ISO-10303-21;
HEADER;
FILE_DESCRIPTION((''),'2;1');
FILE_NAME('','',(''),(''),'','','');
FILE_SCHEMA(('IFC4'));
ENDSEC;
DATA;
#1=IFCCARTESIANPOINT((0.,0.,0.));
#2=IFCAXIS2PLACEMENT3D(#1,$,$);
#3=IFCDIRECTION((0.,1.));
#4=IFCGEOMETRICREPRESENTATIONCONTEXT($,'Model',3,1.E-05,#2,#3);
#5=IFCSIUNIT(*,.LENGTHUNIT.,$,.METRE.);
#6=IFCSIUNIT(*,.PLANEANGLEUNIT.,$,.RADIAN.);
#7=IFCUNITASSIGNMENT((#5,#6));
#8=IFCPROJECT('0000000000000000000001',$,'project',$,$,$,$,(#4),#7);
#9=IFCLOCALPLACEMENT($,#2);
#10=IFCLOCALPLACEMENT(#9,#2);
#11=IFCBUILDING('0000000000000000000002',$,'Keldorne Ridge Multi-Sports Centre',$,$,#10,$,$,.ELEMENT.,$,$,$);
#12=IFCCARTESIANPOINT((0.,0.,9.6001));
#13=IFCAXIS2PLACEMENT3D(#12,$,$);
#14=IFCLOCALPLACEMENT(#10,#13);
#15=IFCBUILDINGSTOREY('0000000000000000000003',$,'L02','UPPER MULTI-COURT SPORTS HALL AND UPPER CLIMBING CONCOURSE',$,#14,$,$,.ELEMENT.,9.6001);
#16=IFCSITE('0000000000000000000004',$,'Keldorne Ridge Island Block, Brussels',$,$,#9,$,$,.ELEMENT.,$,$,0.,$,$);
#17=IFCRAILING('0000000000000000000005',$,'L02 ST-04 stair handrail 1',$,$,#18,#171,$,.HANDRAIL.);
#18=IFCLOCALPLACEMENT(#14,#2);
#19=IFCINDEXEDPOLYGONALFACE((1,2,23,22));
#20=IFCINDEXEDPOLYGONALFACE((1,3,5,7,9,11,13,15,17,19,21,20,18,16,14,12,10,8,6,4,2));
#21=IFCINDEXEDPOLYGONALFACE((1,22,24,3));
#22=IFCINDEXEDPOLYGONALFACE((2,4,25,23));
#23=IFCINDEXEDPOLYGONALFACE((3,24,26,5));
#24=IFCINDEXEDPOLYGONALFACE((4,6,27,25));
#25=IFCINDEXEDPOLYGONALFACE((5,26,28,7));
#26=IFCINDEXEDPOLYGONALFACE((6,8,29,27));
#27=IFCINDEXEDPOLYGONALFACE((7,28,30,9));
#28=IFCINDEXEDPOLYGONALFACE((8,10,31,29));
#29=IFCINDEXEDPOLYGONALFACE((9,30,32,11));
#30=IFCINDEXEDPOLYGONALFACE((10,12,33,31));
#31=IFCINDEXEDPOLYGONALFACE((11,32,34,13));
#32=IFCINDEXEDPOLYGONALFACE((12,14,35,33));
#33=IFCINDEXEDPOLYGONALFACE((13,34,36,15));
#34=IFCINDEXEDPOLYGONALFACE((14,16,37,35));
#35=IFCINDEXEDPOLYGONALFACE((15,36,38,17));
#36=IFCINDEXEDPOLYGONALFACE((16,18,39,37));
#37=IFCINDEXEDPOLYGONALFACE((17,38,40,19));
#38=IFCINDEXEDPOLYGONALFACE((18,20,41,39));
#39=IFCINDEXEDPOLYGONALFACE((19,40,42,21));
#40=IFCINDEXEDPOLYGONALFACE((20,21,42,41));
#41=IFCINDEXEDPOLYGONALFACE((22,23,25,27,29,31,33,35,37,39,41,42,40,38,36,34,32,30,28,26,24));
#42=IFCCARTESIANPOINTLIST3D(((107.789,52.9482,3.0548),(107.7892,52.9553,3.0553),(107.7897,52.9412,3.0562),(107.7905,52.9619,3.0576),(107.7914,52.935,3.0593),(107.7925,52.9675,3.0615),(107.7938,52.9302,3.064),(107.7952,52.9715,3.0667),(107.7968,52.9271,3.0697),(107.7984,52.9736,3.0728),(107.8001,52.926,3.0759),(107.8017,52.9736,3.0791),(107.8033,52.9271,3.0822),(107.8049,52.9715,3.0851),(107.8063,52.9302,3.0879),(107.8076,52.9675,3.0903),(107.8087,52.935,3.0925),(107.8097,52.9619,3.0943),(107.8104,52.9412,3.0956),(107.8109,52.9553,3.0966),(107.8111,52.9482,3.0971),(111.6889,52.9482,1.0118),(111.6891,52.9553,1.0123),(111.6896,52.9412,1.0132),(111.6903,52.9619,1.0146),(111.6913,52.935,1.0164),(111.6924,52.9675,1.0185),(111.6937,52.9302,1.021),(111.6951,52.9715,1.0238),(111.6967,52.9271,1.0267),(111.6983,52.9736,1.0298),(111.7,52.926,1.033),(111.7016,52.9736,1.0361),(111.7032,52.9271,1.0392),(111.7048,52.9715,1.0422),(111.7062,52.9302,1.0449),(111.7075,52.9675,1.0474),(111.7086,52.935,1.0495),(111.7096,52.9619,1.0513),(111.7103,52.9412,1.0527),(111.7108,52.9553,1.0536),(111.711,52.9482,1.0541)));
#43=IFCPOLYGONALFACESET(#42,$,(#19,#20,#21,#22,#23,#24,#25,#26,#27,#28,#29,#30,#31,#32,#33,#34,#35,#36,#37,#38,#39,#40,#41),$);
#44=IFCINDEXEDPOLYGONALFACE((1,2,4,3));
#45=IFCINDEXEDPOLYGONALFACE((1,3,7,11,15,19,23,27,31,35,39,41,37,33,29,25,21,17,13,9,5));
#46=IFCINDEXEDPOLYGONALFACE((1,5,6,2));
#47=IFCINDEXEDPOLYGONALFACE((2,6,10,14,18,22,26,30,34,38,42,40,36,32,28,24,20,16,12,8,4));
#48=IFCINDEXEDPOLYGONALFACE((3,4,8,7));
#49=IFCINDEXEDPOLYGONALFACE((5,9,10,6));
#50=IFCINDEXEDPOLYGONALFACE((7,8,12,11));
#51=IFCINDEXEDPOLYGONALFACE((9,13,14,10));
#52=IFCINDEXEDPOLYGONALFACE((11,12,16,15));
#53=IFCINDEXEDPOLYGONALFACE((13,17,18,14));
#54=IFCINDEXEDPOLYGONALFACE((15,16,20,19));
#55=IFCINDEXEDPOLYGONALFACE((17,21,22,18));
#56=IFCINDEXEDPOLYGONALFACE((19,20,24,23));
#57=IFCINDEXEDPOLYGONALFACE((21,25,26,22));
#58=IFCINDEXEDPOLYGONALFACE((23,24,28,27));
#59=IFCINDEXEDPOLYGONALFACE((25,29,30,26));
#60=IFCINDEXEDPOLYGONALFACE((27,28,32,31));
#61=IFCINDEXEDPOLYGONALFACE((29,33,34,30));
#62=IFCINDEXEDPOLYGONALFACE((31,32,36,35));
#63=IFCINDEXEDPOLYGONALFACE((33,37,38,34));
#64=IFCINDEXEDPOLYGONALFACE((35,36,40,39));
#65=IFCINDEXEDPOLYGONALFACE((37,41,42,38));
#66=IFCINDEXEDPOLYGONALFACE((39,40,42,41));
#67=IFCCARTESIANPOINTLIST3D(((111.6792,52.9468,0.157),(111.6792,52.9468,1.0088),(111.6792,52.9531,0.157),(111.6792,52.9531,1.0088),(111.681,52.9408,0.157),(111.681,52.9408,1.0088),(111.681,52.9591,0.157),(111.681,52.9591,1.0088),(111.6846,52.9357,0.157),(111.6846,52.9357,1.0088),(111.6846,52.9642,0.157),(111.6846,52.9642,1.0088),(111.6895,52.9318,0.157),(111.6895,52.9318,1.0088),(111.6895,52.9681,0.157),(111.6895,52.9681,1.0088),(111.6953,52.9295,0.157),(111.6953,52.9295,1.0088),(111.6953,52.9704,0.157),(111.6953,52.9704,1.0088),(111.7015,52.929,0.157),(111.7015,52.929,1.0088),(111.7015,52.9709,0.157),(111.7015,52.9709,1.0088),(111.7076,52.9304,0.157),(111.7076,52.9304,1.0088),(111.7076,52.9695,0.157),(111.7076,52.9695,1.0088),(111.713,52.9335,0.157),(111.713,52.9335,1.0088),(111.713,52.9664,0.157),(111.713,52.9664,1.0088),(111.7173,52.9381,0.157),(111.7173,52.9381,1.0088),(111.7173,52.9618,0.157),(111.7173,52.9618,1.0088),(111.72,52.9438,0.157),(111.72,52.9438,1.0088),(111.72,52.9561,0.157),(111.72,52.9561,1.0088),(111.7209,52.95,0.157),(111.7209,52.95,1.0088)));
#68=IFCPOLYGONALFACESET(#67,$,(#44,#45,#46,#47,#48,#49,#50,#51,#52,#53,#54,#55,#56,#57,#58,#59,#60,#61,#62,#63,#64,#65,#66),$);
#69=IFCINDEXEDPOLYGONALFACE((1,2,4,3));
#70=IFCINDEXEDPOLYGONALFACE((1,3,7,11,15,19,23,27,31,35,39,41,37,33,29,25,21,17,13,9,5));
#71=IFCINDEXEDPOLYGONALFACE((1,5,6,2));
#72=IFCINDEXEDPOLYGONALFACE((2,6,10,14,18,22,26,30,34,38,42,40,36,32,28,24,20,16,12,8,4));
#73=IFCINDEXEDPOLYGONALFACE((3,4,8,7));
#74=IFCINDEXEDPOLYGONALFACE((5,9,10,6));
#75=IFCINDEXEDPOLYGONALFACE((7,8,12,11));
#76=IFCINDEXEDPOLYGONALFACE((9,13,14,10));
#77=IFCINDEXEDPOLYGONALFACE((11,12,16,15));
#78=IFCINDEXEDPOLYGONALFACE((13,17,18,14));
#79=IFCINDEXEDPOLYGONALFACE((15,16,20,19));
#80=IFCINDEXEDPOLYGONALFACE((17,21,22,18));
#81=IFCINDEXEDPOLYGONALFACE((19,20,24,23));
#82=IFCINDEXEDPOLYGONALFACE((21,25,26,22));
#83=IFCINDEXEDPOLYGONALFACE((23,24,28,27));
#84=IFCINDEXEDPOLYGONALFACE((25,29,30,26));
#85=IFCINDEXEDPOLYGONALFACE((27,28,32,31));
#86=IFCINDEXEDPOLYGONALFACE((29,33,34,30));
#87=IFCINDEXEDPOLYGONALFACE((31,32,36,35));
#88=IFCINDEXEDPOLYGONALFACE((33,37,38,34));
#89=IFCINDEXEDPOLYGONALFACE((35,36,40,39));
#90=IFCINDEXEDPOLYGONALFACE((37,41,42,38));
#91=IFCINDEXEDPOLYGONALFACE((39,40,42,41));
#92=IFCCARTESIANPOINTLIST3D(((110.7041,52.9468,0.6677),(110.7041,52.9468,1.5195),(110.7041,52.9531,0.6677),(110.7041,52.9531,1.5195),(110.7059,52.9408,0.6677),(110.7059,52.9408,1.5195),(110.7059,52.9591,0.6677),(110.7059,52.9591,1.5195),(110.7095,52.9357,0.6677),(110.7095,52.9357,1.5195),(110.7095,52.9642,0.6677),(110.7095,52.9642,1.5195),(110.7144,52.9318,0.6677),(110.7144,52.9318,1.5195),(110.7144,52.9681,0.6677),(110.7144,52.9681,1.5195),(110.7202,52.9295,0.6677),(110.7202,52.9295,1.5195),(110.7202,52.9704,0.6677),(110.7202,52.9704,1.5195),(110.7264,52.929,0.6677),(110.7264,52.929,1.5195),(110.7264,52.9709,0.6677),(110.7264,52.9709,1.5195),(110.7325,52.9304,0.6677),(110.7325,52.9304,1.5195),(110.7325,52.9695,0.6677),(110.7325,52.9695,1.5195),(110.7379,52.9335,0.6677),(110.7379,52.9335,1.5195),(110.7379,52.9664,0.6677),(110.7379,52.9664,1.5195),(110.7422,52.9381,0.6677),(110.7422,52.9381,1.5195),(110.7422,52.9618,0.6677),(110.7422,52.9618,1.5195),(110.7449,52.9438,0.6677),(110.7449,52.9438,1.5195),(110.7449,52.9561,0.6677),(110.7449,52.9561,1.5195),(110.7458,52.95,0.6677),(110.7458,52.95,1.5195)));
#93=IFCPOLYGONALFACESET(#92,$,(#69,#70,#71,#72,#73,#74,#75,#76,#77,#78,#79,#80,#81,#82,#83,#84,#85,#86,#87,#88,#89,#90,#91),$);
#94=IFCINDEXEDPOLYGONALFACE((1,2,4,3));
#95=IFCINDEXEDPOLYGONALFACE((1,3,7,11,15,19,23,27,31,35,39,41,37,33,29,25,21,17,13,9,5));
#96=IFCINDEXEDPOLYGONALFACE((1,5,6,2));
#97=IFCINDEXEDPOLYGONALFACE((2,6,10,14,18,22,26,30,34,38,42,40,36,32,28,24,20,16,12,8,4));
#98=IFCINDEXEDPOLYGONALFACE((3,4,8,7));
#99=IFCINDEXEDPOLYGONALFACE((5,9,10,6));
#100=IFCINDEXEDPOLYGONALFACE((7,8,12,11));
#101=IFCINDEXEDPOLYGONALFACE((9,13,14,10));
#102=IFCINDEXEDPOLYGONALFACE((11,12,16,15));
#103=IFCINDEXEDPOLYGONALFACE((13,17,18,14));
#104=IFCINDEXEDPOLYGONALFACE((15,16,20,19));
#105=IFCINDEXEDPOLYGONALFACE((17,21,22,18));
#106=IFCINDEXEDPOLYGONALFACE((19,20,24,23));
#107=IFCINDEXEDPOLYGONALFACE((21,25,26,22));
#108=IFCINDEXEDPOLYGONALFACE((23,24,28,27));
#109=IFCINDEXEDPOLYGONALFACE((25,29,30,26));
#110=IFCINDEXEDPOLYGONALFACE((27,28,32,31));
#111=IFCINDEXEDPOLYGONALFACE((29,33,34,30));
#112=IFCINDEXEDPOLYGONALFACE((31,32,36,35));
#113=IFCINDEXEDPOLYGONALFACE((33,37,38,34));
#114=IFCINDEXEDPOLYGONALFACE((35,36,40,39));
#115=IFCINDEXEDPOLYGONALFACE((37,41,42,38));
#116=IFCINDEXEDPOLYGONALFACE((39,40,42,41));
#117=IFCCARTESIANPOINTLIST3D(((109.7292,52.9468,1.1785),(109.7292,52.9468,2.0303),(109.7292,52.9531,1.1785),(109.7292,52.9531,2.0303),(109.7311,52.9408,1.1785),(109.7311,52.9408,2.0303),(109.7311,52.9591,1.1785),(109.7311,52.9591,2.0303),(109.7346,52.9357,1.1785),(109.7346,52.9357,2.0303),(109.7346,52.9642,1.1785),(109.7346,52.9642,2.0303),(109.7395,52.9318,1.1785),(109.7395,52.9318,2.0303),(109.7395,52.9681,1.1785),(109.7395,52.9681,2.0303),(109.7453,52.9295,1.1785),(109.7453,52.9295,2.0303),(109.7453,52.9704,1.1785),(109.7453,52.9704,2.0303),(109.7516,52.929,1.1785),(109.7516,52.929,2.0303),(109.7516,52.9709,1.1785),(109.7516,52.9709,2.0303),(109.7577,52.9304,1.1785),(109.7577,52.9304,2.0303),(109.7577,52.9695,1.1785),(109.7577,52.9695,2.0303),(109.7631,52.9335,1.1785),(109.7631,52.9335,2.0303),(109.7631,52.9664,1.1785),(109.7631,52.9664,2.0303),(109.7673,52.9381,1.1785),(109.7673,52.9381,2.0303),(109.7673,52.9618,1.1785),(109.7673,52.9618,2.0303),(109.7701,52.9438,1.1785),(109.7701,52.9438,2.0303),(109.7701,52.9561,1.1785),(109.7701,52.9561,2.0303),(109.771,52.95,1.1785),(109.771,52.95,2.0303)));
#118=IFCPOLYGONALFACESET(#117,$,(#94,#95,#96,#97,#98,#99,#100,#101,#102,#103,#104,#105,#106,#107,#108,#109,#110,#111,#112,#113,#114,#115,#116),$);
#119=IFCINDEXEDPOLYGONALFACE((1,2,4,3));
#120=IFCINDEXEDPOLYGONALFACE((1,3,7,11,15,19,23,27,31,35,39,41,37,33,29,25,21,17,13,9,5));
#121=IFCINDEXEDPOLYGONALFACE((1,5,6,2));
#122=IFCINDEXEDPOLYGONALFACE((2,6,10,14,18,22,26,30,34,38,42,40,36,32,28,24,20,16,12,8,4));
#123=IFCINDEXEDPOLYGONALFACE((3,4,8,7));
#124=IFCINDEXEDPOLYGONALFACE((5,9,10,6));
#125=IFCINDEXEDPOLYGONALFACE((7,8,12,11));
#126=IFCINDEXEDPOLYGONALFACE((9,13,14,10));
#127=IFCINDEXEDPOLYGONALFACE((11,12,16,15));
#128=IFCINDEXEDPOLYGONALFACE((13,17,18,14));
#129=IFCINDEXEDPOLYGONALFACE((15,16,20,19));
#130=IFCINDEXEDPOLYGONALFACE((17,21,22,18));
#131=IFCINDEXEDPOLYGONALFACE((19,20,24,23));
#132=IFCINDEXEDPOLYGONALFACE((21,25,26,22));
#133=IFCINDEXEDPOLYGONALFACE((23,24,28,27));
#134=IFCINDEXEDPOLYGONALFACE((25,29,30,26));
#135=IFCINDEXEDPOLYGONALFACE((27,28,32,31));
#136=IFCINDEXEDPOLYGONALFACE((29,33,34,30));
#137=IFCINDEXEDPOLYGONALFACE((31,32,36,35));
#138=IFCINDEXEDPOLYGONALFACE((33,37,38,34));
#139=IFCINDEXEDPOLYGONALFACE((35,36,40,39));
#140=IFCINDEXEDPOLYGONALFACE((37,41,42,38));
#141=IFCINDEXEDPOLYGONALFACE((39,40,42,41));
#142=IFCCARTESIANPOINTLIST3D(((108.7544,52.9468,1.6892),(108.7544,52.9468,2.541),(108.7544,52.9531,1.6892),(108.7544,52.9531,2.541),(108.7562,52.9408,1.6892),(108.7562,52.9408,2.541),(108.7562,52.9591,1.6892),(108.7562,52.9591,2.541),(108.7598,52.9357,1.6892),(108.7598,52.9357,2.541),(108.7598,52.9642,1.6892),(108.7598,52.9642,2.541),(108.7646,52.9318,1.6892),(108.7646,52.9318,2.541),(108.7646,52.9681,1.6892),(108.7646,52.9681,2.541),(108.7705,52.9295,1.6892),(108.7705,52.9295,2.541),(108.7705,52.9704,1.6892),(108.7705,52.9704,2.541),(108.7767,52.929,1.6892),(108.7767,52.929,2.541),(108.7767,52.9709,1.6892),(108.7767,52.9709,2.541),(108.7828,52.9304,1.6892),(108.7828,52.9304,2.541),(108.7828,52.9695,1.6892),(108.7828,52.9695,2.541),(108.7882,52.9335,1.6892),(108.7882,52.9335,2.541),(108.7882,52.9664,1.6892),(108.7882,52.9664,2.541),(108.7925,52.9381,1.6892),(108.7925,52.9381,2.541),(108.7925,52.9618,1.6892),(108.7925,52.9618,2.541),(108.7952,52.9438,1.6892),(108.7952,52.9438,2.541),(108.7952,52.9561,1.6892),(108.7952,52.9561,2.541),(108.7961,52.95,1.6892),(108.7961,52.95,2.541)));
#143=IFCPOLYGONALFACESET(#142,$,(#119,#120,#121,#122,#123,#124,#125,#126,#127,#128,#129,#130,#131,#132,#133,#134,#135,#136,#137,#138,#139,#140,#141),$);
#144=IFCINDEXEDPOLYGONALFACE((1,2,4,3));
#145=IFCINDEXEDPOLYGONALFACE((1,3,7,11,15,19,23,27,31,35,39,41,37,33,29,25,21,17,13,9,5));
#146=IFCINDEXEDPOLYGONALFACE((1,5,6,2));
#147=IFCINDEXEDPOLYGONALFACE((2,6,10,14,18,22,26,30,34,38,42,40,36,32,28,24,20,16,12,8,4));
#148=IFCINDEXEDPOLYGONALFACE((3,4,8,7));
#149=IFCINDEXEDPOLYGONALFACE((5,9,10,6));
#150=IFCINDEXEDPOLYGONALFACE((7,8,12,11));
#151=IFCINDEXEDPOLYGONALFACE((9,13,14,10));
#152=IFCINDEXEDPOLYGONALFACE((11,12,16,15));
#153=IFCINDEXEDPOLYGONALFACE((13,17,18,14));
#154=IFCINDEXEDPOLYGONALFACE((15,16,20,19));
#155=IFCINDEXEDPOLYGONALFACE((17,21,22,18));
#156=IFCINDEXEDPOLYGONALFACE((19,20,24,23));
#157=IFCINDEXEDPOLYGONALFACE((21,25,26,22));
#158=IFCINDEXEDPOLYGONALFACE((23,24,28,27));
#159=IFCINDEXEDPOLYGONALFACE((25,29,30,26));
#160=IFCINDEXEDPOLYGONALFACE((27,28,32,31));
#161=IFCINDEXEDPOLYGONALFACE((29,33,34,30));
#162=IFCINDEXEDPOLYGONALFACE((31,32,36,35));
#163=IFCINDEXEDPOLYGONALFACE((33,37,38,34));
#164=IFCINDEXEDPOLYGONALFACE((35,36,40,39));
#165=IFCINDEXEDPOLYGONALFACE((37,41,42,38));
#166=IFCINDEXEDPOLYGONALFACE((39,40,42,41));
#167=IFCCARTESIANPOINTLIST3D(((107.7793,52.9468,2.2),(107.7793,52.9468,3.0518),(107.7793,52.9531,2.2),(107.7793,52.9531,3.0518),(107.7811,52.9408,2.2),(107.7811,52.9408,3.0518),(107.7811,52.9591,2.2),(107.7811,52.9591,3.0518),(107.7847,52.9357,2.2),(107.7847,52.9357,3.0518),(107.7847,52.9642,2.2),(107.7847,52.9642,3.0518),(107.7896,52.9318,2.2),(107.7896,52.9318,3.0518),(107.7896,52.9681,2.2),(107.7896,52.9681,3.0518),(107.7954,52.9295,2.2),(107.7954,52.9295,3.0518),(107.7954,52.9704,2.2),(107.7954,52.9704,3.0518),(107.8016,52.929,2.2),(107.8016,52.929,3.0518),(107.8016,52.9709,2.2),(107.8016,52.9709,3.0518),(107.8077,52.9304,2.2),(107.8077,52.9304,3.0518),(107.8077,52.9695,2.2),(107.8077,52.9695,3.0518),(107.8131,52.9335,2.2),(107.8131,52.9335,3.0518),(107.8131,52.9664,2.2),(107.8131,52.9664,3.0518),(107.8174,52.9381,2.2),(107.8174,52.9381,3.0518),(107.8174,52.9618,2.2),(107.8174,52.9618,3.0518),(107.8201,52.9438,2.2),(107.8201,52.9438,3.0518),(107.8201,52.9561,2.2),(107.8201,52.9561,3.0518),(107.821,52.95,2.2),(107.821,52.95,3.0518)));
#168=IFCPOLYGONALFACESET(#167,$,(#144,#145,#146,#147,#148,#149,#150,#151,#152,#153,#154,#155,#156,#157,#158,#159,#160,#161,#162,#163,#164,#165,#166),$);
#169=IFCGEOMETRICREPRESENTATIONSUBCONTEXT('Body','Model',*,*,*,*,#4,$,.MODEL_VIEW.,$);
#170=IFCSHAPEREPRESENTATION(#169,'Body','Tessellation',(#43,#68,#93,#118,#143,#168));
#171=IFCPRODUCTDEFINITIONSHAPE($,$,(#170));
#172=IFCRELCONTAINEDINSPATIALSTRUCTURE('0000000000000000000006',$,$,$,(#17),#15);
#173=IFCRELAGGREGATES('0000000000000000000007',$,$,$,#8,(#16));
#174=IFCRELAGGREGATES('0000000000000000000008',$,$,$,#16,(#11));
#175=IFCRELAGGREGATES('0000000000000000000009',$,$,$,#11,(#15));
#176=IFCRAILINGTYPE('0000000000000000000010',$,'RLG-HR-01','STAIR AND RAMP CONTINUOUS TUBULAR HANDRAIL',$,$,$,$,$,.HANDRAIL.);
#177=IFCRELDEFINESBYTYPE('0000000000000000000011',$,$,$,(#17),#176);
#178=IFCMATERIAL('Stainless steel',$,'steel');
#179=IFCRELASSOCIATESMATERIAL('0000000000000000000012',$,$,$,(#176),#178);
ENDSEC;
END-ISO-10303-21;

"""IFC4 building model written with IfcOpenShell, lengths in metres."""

from ifc_helpers import new_model, si_unit, direction, frame, origin, origin_2d, place, context, subcontext, project, spatial, circle, extrude, material, type_object, element, save


model = new_model("IFC4")

# Units and contexts
model_context = context("Model", 3, precision=1e-05, world=origin(), true_north=direction((0.0, 1.0)))
body_context = subcontext(model_context, "Body", "Model", "MODEL_VIEW")
ifc_project = project(units=[si_unit("LENGTHUNIT", "METRE"), si_unit("PLANEANGLEUNIT", "RADIAN")], contexts=[model_context])

# Site, building, storey
site_placement = place(None, origin())
site = spatial("IfcSite", under=ifc_project, at=site_placement, Name="Keldorne Ridge Island Block, Brussels", CompositionType="ELEMENT", RefElevation=0.0)
building_placement = place(site_placement, origin())
building = spatial("IfcBuilding", under=site, at=building_placement, Name="Keldorne Ridge Multi-Sports Centre", CompositionType="ELEMENT")
storey_placement = place(building_placement, frame((0.0, 0.0, 9.6001)))
storey = spatial("IfcBuildingStorey", under=building, at=storey_placement, Name="L02", Description="UPPER MULTI-COURT SPORTS HALL AND UPPER CLIMBING CONCOURSE", CompositionType="ELEMENT", Elevation=9.6001)

# Railing
ifc_material_1 = material(Name="Stainless steel", Category="steel")
railing_type_1 = type_object("IfcRailingType", Name="RLG-HR-01", Description="STAIR AND RAMP CONTINUOUS TUBULAR HANDRAIL", PredefinedType="HANDRAIL", material=ifc_material_1)
railing_1_placement = place(storey_placement, frame((111.7, 52.95, 0.157)))
element("IfcRailing", 1, at=railing_1_placement, inside=storey, type_object=railing_type_1, Name="L02 ST-04 stair handrail 1", PredefinedType="HANDRAIL", context=body_context, shape_type="SweptSolid", body=[
    extrude(circle(Radius=0.0239, at=origin_2d()), frame((0.0, 0.0, 0.876), z_axis=(-0.885816, 0.0, 0.464036), x_axis=(0.0, -1.0, 0.0)), (0.0, 0.0, 1.0), 4.4026),
    extrude(circle(Radius=0.021, at=origin_2d()), origin(), (0.0, 0.0, 1.0), 0.8518),
    extrude(circle(Radius=0.021, at=origin_2d()), frame((-0.9751, 0.0, 0.5107)), (0.0, 0.0, 1.0), 0.8518),
    extrude(circle(Radius=0.021, at=origin_2d()), frame((-1.95, 0.0, 1.0215)), (0.0, 0.0, 1.0), 0.8518),
    extrude(circle(Radius=0.021, at=origin_2d()), frame((-2.9248, 0.0, 1.5322)), (0.0, 0.0, 1.0), 0.8518),
    extrude(circle(Radius=0.021, at=origin_2d()), frame((-3.8999, 0.0, 2.043)), (0.0, 0.0, 1.0), 0.8518),
])

save(model, "model.ifc")
